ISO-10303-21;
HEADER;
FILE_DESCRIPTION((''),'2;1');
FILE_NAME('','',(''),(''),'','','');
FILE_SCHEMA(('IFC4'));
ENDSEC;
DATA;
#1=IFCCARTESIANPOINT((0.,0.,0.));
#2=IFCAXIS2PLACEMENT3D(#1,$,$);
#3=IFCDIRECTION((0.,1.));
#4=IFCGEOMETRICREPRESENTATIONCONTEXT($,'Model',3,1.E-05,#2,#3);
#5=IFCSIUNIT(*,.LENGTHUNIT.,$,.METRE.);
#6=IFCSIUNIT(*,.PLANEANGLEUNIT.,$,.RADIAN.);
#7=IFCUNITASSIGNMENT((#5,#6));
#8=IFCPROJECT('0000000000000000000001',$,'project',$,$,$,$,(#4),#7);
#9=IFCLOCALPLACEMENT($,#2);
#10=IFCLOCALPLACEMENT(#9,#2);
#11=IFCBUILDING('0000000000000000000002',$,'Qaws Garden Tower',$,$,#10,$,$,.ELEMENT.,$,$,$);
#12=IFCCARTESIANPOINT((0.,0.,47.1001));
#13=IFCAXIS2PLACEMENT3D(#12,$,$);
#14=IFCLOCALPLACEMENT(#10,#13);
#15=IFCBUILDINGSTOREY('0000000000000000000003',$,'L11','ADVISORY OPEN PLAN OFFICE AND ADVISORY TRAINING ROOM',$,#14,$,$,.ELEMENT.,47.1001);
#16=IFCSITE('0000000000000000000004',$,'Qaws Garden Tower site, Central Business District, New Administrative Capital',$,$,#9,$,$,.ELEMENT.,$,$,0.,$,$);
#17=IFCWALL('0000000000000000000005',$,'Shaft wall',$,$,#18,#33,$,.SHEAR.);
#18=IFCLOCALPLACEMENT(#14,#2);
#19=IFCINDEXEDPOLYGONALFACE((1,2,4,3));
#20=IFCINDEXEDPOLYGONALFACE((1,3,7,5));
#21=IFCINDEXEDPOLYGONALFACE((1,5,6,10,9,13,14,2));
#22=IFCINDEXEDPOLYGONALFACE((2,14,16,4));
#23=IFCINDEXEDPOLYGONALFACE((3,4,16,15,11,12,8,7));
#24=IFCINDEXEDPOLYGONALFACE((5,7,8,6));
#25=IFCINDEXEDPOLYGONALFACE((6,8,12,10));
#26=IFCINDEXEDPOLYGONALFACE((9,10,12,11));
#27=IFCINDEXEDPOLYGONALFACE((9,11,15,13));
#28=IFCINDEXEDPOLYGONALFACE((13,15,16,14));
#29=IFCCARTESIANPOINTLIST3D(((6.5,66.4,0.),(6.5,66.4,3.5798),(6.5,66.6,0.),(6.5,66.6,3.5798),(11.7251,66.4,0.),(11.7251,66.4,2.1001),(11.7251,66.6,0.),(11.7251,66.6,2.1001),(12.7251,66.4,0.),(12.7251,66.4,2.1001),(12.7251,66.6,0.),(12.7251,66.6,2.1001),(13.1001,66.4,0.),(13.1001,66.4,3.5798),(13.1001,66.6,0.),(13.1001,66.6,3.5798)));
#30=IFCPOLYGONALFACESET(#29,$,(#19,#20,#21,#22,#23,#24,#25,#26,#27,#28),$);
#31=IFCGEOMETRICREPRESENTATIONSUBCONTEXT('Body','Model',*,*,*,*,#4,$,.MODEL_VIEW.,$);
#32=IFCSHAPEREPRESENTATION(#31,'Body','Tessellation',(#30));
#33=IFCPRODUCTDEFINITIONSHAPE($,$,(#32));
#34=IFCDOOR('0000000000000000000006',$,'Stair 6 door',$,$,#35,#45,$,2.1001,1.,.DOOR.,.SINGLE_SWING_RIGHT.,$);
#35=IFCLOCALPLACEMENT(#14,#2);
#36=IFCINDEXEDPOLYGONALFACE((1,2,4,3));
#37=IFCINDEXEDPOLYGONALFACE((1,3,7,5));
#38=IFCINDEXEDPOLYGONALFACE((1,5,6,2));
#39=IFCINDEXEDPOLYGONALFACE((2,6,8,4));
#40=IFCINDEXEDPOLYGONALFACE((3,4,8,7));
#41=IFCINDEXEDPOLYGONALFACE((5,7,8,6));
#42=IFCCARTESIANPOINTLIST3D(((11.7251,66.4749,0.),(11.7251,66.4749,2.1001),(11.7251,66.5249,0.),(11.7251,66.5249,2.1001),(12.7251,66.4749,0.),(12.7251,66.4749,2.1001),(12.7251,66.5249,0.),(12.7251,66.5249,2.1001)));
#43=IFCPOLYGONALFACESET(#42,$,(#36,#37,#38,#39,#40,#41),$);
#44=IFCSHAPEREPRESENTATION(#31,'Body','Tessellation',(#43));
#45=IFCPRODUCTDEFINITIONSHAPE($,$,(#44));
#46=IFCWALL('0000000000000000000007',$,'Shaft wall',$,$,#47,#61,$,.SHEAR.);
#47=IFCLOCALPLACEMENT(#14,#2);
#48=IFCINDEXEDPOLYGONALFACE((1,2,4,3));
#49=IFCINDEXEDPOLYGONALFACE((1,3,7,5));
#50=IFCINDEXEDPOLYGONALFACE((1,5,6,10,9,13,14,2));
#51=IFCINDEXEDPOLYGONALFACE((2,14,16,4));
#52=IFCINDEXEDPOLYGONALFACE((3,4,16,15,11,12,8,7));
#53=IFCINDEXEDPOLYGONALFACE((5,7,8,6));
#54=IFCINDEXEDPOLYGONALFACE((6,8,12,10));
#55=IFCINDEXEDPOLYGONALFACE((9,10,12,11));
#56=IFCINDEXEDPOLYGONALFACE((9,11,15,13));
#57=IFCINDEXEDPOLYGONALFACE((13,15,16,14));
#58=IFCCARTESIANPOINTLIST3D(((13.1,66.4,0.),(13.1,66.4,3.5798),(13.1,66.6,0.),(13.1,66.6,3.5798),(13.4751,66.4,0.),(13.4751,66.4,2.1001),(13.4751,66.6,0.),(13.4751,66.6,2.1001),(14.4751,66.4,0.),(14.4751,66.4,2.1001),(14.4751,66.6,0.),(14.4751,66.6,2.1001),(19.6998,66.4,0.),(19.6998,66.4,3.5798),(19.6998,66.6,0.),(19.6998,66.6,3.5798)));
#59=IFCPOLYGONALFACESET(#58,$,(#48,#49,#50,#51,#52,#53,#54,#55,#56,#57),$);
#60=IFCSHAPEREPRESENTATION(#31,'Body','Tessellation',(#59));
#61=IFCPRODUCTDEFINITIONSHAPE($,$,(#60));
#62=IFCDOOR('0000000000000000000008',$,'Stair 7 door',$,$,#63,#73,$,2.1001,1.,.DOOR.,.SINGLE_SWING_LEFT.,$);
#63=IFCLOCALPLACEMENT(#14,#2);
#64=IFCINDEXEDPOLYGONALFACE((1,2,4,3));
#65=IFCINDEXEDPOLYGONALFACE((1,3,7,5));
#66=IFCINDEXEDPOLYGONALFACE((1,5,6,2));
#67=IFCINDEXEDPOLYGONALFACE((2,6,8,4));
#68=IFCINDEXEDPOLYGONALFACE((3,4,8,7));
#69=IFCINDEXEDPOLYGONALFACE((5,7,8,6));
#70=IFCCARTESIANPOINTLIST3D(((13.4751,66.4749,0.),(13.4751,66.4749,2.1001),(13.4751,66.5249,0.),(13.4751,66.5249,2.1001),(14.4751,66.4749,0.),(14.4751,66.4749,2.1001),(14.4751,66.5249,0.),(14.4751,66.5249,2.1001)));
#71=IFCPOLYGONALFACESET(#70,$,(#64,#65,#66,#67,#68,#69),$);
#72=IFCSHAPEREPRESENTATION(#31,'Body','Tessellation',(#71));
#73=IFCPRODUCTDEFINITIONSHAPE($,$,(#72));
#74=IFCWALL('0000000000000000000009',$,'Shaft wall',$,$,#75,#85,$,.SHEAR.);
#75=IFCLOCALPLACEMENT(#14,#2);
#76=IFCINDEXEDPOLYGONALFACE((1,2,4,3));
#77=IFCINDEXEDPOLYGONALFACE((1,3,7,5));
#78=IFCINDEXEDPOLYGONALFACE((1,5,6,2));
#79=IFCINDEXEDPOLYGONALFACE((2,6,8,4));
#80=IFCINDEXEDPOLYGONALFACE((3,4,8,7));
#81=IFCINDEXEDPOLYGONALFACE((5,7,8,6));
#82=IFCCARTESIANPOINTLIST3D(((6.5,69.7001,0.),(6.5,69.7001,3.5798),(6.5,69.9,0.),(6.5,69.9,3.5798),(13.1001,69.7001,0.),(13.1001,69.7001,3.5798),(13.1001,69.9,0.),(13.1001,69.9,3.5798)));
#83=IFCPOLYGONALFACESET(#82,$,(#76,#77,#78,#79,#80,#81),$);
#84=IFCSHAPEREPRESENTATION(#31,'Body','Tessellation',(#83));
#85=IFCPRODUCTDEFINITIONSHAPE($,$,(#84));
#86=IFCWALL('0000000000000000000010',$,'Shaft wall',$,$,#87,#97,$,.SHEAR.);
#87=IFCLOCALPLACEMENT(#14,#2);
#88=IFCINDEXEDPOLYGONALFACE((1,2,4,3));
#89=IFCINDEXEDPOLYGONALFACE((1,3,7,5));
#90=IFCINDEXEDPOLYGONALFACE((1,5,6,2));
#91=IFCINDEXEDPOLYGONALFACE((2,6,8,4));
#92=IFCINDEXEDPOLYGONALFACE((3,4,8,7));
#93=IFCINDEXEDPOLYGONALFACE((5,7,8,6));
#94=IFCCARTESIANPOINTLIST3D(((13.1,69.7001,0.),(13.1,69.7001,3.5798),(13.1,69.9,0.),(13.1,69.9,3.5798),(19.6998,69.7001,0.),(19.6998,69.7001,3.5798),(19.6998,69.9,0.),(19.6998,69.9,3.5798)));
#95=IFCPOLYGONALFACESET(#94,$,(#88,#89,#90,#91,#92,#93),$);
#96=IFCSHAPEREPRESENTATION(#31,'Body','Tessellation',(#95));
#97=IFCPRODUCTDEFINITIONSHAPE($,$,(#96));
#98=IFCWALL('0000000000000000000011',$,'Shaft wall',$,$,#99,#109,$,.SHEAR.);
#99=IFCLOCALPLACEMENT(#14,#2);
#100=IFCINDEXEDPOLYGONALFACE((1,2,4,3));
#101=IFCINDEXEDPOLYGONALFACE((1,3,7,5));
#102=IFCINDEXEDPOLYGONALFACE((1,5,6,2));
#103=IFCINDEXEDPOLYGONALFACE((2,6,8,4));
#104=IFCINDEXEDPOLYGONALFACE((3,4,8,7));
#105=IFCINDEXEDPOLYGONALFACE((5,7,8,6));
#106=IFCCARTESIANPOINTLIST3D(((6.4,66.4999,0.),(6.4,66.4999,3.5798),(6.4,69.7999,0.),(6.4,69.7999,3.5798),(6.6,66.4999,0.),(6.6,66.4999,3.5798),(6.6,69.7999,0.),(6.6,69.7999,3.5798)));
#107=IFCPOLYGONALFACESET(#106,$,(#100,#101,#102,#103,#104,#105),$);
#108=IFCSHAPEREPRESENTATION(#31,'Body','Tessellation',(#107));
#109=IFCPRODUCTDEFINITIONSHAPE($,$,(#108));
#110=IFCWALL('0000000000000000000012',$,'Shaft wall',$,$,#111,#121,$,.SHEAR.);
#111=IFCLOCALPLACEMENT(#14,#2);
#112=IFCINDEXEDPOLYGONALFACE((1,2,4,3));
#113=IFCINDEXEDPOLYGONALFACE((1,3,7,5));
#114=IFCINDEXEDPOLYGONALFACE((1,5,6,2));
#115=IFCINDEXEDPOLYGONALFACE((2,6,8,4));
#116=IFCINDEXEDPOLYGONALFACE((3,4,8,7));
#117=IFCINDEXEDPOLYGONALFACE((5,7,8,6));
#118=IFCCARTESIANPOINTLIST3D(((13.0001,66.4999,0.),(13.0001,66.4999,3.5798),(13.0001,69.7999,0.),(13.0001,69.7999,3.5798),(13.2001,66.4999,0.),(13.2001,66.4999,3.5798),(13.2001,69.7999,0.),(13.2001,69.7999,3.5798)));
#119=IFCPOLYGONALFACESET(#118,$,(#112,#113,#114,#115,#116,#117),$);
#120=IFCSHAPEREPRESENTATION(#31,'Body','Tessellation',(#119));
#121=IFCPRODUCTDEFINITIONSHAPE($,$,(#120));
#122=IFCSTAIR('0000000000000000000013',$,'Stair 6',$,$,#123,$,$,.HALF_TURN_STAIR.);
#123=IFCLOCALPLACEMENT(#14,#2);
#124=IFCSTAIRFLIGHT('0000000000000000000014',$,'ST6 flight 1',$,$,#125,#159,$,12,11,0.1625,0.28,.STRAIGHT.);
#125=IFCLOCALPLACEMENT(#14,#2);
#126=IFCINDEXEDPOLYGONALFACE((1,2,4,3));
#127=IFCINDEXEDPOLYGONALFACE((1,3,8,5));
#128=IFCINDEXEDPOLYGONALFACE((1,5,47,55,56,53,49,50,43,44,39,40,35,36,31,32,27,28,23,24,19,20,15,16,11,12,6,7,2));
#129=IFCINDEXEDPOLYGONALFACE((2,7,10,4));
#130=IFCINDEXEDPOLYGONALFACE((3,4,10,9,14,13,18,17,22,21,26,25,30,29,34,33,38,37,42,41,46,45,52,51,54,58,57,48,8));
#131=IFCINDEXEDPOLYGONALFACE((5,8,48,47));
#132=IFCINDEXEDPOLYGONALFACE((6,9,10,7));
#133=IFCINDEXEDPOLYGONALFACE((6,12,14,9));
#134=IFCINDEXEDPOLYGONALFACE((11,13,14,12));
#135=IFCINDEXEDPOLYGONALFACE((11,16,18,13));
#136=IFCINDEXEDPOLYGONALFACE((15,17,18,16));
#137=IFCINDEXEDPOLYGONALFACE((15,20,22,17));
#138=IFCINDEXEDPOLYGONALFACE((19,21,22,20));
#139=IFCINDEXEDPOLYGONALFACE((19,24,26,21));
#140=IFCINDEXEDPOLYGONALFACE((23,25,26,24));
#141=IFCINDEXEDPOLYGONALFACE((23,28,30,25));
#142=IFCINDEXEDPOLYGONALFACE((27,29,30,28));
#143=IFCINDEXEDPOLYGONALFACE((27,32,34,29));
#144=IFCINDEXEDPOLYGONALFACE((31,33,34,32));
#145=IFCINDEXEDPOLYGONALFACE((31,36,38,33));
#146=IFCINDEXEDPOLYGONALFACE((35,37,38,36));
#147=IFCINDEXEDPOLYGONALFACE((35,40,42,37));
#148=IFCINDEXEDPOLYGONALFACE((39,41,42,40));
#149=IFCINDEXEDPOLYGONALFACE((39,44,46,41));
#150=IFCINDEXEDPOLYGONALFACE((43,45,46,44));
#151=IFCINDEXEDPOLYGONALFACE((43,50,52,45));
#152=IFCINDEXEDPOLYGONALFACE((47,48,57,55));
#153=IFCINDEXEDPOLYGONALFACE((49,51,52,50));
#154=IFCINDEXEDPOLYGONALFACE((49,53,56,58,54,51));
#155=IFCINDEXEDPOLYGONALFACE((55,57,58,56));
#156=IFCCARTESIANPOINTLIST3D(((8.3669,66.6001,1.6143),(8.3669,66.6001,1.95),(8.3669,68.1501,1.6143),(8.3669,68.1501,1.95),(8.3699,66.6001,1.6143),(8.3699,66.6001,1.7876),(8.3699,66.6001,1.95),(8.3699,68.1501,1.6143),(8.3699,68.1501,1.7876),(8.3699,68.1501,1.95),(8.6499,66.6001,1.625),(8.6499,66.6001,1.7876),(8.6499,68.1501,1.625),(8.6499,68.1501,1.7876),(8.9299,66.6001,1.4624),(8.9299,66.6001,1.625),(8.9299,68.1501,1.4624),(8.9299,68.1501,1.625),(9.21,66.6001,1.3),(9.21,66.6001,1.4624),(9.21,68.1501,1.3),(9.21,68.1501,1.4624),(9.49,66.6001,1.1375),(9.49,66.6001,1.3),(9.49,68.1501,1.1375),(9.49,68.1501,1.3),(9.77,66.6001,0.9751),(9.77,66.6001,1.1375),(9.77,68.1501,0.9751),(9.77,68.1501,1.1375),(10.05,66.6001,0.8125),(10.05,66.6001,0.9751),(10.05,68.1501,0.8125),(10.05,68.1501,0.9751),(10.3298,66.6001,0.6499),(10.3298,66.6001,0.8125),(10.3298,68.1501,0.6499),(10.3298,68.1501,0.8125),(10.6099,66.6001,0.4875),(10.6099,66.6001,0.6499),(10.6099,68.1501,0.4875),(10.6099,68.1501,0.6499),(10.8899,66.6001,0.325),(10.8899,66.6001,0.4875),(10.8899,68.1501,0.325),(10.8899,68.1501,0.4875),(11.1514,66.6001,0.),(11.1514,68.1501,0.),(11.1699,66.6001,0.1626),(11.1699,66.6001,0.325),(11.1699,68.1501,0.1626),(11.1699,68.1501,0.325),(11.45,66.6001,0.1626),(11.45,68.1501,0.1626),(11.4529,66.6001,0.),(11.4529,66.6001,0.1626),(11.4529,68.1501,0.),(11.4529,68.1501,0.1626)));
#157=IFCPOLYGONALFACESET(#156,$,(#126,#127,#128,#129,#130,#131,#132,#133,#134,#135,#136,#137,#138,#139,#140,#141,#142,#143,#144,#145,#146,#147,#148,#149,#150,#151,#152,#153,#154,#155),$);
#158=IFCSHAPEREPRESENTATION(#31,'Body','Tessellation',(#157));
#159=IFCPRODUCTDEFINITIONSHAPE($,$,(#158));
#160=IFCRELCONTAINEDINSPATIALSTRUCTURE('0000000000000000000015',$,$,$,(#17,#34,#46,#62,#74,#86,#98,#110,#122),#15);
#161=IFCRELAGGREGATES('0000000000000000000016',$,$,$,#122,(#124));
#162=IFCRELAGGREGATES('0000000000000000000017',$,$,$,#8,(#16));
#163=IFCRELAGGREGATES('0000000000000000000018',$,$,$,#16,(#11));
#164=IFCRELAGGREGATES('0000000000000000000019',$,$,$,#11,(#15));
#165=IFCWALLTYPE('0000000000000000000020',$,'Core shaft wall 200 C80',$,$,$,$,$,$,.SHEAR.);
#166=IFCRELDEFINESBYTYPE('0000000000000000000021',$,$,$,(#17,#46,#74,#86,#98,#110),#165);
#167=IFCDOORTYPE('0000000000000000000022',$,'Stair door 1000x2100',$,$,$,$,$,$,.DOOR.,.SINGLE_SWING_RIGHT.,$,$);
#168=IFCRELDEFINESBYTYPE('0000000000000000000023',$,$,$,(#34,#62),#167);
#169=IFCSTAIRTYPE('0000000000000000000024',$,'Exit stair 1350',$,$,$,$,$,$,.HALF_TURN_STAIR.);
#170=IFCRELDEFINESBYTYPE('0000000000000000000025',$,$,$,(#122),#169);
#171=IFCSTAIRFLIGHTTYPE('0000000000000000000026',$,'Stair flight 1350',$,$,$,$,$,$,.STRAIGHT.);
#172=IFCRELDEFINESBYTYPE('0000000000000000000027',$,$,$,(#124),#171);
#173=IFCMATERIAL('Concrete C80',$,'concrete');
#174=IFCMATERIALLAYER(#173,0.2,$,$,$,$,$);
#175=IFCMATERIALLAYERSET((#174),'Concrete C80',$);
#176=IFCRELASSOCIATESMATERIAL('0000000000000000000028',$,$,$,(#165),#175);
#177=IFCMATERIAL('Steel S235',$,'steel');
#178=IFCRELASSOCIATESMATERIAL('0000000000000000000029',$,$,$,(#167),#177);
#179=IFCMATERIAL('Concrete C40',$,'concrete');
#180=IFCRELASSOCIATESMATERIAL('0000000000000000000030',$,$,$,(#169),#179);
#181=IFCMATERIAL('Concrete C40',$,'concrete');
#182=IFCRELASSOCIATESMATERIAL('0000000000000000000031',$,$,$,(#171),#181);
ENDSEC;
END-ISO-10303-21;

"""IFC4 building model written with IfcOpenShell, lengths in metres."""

from ifc_helpers import new_model, si_unit, direction, frame, frame_2d, origin, place, context, subcontext, project, spatial, polyline, rectangle, outline, extrude, material, layer, layer_set, type_object, element, fill, aggregate, save


model = new_model("IFC4")

# Units and contexts
model_context = context("Model", 3, precision=1e-05, world=origin(), true_north=direction((0.0, 1.0)))
body_context = subcontext(model_context, "Body", "Model", "MODEL_VIEW")
ifc_project = project(units=[si_unit("LENGTHUNIT", "METRE"), si_unit("PLANEANGLEUNIT", "RADIAN")], contexts=[model_context])

# Site, building, storey
site_placement = place(None, origin())
site = spatial("IfcSite", under=ifc_project, at=site_placement, Name="Qaws Garden Tower site, Central Business District, New Administrative Capital", CompositionType="ELEMENT", RefElevation=0.0)
building_placement = place(site_placement, origin())
building = spatial("IfcBuilding", under=site, at=building_placement, Name="Qaws Garden Tower", CompositionType="ELEMENT")
storey_placement = place(building_placement, frame((0.0, 0.0, 47.1001)))
storey = spatial("IfcBuildingStorey", under=building, at=storey_placement, Name="L11", Description="ADVISORY OPEN PLAN OFFICE AND ADVISORY TRAINING ROOM", CompositionType="ELEMENT", Elevation=47.1001)

# Walls, openings, doors
ifc_material_1 = material(Name="Concrete C80", Category="concrete")
ifc_layer_1 = layer(ifc_material_1, 0.2)
ifc_layer_set_1 = layer_set([ifc_layer_1], Name="Concrete C80")
wall_type_1 = type_object("IfcWallType", Name="Core shaft wall 200 C80", PredefinedType="SHEAR", material=ifc_layer_set_1)
wall_1_placement = place(storey_placement, frame((6.5, 66.5, 0.0), z_axis=(0.0, 0.0, 1.0), x_axis=(1.0, 0.0, 0.0)))
wall_1 = element("IfcWall", 1, at=wall_1_placement, inside=storey, type_object=wall_type_1, Name="Shaft wall", PredefinedType="SHEAR", context=body_context, shape_type="SweptSolid", body=[
    extrude(rectangle(XDim=6.6001, YDim=0.2, at=frame_2d((3.3, 0.0))), origin(), (0.0, 0.0, 1.0), 3.5798),
])
opening_1_placement = place(wall_1_placement, frame((5.2251, 0.0, 0.0)))
opening_1 = element("IfcOpeningElement", 2, at=opening_1_placement, cuts=wall_1, PredefinedType="OPENING", context=body_context, shape_type="SweptSolid", body=[
    extrude(rectangle(XDim=1.0, YDim=2.1001, at=frame_2d((0.5, 1.05))), frame((0.0, 0.1099, 0.0), z_axis=(0.0, -1.0, 0.0), x_axis=(1.0, 0.0, 0.0)), (0.0, 0.0, 1.0), 0.22),
])
ifc_material_2 = material(Name="Steel S235", Category="steel")
door_type = type_object("IfcDoorType", Name="Stair door 1000x2100", OperationType="SINGLE_SWING_RIGHT", PredefinedType="DOOR", material=ifc_material_2)
door_1_placement = place(opening_1_placement, origin())
door_1 = element("IfcDoor", 3, at=door_1_placement, inside=storey, type_object=door_type, Name="Stair 6 door", OperationType="SINGLE_SWING_RIGHT", OverallHeight=2.1001, OverallWidth=1.0, PredefinedType="DOOR", context=body_context, shape_type="SweptSolid", body=[
    extrude(rectangle(XDim=1.0, YDim=2.1001, at=frame_2d((0.5, 1.05))), frame((0.0, 0.0249, 0.0), z_axis=(0.0, -1.0, 0.0), x_axis=(1.0, 0.0, 0.0)), (0.0, 0.0, 1.0), 0.05),
])
fill(opening_1, door_1)
wall_2_placement = place(storey_placement, frame((13.1001, 66.5, 0.0), z_axis=(0.0, 0.0, 1.0), x_axis=(1.0, 0.0, 0.0)))
wall_2 = element("IfcWall", 4, at=wall_2_placement, inside=storey, type_object=wall_type_1, Name="Shaft wall", PredefinedType="SHEAR", context=body_context, shape_type="SweptSolid", body=[
    extrude(rectangle(XDim=6.5999, YDim=0.2, at=frame_2d((3.2998, 0.0))), origin(), (0.0, 0.0, 1.0), 3.5798),
])
opening_2_placement = place(wall_2_placement, frame((0.375, 0.0, 0.0)))
opening_2 = element("IfcOpeningElement", 5, at=opening_2_placement, cuts=wall_2, PredefinedType="OPENING", context=body_context, shape_type="SweptSolid", body=[
    extrude(rectangle(XDim=1.0, YDim=2.1001, at=frame_2d((0.5, 1.05))), frame((0.0, 0.1099, 0.0), z_axis=(0.0, -1.0, 0.0), x_axis=(1.0, 0.0, 0.0)), (0.0, 0.0, 1.0), 0.22),
])
door_2_placement = place(opening_2_placement, origin())
door_2 = element("IfcDoor", 6, at=door_2_placement, inside=storey, type_object=door_type, Name="Stair 7 door", OperationType="SINGLE_SWING_LEFT", OverallHeight=2.1001, OverallWidth=1.0, PredefinedType="DOOR", context=body_context, shape_type="SweptSolid", body=[
    extrude(rectangle(XDim=1.0, YDim=2.1001, at=frame_2d((0.5, 1.05))), frame((0.0, 0.0249, 0.0), z_axis=(0.0, -1.0, 0.0), x_axis=(1.0, 0.0, 0.0)), (0.0, 0.0, 1.0), 0.05),
])
fill(opening_2, door_2)

# Walls
wall_3_placement = place(storey_placement, frame((6.5, 69.8, 0.0), z_axis=(0.0, 0.0, 1.0), x_axis=(1.0, 0.0, 0.0)))
element("IfcWall", 7, at=wall_3_placement, inside=storey, type_object=wall_type_1, Name="Shaft wall", PredefinedType="SHEAR", context=body_context, shape_type="SweptSolid", body=[
    extrude(rectangle(XDim=6.6001, YDim=0.2, at=frame_2d((3.3, 0.0))), origin(), (0.0, 0.0, 1.0), 3.5798),
])
wall_4_placement = place(storey_placement, frame((13.1001, 69.8, 0.0), z_axis=(0.0, 0.0, 1.0), x_axis=(1.0, 0.0, 0.0)))
element("IfcWall", 8, at=wall_4_placement, inside=storey, type_object=wall_type_1, Name="Shaft wall", PredefinedType="SHEAR", context=body_context, shape_type="SweptSolid", body=[
    extrude(rectangle(XDim=6.5999, YDim=0.2, at=frame_2d((3.2998, 0.0))), origin(), (0.0, 0.0, 1.0), 3.5798),
])
for number, where, z_axis, x_axis, name in (
    (9, (6.5, 66.5, 0.0), (0.0, 0.0, 1.0), (0.0, 1.0, 0.0), "Shaft wall"),
    (10, (13.1001, 66.5, 0.0), (0.0, 0.0, 1.0), (0.0, 1.0, 0.0), "Shaft wall"),
):
    element("IfcWall", number, at=place(storey_placement, frame(where, z_axis=z_axis, x_axis=x_axis)), inside=storey, type_object=wall_type_1, Name=name, PredefinedType="SHEAR", context=body_context, shape_type="SweptSolid", body=[
        extrude(rectangle(XDim=3.3, YDim=0.2, at=frame_2d((1.6499, 0.0))), origin(), (0.0, 0.0, 1.0), 3.5798),
    ])

# Stair, stair flight
ifc_material_3 = material(Name="Concrete C40", Category="concrete")
stair_type = type_object("IfcStairType", Name="Exit stair 1350", PredefinedType="HALF_TURN_STAIR", material=ifc_material_3)
placement = place(storey_placement, origin())
stair_1 = element("IfcStair", 11, at=placement, inside=storey, type_object=stair_type, Name="Stair 6", PredefinedType="HALF_TURN_STAIR")
ifc_material_4 = material(Name="Concrete C40", Category="concrete")
stair_flight_type = type_object("IfcStairFlightType", Name="Stair flight 1350", PredefinedType="STRAIGHT", material=ifc_material_4)
stair_flight_1_placement = place(storey_placement, frame((11.45, 67.375, 0.0), z_axis=(0.0, 0.0, 1.0), x_axis=(-1.0, 0.0, 0.0)))
stair_flight_1 = element("IfcStairFlight", 12, at=stair_flight_1_placement, type_object=stair_flight_type, Name="ST6 flight 1", NumberOfRisers=12, NumberOfTreads=11, PredefinedType="STRAIGHT", RiserHeight=0.1625, TreadLength=0.28, context=body_context, shape_type="SweptSolid", body=[
    extrude(outline(polyline([(-0.0029, 0.0), (-0.0029, 0.1626), (0.0, 0.1626), (0.28, 0.1626), (0.28, 0.325), (0.5601, 0.325), (0.5601, 0.4875), (0.8401, 0.4875), (0.8401, 0.6499), (1.1201, 0.6499), (1.1201, 0.8125), (1.3999, 0.8125), (1.3999, 0.9751), (1.6799, 0.9751), (1.6799, 1.1375), (1.96, 1.1375), (1.96, 1.3), (2.24, 1.3), (2.24, 1.4624), (2.52, 1.4624), (2.52, 1.625), (2.8, 1.625), (2.8, 1.7876), (3.0801, 1.7876), (3.0801, 1.95), (3.083, 1.95), (3.083, 1.6143), (3.0801, 1.6143), (0.2986, 0.0), (-0.0029, 0.0)])), frame((0.0, 0.7749, 0.0), z_axis=(0.0, -1.0, 0.0), x_axis=(1.0, 0.0, 0.0)), (0.0, 0.0, 1.0), 1.55),
])
aggregate(stair_1, [stair_flight_1])

save(model, "model.ifc")
